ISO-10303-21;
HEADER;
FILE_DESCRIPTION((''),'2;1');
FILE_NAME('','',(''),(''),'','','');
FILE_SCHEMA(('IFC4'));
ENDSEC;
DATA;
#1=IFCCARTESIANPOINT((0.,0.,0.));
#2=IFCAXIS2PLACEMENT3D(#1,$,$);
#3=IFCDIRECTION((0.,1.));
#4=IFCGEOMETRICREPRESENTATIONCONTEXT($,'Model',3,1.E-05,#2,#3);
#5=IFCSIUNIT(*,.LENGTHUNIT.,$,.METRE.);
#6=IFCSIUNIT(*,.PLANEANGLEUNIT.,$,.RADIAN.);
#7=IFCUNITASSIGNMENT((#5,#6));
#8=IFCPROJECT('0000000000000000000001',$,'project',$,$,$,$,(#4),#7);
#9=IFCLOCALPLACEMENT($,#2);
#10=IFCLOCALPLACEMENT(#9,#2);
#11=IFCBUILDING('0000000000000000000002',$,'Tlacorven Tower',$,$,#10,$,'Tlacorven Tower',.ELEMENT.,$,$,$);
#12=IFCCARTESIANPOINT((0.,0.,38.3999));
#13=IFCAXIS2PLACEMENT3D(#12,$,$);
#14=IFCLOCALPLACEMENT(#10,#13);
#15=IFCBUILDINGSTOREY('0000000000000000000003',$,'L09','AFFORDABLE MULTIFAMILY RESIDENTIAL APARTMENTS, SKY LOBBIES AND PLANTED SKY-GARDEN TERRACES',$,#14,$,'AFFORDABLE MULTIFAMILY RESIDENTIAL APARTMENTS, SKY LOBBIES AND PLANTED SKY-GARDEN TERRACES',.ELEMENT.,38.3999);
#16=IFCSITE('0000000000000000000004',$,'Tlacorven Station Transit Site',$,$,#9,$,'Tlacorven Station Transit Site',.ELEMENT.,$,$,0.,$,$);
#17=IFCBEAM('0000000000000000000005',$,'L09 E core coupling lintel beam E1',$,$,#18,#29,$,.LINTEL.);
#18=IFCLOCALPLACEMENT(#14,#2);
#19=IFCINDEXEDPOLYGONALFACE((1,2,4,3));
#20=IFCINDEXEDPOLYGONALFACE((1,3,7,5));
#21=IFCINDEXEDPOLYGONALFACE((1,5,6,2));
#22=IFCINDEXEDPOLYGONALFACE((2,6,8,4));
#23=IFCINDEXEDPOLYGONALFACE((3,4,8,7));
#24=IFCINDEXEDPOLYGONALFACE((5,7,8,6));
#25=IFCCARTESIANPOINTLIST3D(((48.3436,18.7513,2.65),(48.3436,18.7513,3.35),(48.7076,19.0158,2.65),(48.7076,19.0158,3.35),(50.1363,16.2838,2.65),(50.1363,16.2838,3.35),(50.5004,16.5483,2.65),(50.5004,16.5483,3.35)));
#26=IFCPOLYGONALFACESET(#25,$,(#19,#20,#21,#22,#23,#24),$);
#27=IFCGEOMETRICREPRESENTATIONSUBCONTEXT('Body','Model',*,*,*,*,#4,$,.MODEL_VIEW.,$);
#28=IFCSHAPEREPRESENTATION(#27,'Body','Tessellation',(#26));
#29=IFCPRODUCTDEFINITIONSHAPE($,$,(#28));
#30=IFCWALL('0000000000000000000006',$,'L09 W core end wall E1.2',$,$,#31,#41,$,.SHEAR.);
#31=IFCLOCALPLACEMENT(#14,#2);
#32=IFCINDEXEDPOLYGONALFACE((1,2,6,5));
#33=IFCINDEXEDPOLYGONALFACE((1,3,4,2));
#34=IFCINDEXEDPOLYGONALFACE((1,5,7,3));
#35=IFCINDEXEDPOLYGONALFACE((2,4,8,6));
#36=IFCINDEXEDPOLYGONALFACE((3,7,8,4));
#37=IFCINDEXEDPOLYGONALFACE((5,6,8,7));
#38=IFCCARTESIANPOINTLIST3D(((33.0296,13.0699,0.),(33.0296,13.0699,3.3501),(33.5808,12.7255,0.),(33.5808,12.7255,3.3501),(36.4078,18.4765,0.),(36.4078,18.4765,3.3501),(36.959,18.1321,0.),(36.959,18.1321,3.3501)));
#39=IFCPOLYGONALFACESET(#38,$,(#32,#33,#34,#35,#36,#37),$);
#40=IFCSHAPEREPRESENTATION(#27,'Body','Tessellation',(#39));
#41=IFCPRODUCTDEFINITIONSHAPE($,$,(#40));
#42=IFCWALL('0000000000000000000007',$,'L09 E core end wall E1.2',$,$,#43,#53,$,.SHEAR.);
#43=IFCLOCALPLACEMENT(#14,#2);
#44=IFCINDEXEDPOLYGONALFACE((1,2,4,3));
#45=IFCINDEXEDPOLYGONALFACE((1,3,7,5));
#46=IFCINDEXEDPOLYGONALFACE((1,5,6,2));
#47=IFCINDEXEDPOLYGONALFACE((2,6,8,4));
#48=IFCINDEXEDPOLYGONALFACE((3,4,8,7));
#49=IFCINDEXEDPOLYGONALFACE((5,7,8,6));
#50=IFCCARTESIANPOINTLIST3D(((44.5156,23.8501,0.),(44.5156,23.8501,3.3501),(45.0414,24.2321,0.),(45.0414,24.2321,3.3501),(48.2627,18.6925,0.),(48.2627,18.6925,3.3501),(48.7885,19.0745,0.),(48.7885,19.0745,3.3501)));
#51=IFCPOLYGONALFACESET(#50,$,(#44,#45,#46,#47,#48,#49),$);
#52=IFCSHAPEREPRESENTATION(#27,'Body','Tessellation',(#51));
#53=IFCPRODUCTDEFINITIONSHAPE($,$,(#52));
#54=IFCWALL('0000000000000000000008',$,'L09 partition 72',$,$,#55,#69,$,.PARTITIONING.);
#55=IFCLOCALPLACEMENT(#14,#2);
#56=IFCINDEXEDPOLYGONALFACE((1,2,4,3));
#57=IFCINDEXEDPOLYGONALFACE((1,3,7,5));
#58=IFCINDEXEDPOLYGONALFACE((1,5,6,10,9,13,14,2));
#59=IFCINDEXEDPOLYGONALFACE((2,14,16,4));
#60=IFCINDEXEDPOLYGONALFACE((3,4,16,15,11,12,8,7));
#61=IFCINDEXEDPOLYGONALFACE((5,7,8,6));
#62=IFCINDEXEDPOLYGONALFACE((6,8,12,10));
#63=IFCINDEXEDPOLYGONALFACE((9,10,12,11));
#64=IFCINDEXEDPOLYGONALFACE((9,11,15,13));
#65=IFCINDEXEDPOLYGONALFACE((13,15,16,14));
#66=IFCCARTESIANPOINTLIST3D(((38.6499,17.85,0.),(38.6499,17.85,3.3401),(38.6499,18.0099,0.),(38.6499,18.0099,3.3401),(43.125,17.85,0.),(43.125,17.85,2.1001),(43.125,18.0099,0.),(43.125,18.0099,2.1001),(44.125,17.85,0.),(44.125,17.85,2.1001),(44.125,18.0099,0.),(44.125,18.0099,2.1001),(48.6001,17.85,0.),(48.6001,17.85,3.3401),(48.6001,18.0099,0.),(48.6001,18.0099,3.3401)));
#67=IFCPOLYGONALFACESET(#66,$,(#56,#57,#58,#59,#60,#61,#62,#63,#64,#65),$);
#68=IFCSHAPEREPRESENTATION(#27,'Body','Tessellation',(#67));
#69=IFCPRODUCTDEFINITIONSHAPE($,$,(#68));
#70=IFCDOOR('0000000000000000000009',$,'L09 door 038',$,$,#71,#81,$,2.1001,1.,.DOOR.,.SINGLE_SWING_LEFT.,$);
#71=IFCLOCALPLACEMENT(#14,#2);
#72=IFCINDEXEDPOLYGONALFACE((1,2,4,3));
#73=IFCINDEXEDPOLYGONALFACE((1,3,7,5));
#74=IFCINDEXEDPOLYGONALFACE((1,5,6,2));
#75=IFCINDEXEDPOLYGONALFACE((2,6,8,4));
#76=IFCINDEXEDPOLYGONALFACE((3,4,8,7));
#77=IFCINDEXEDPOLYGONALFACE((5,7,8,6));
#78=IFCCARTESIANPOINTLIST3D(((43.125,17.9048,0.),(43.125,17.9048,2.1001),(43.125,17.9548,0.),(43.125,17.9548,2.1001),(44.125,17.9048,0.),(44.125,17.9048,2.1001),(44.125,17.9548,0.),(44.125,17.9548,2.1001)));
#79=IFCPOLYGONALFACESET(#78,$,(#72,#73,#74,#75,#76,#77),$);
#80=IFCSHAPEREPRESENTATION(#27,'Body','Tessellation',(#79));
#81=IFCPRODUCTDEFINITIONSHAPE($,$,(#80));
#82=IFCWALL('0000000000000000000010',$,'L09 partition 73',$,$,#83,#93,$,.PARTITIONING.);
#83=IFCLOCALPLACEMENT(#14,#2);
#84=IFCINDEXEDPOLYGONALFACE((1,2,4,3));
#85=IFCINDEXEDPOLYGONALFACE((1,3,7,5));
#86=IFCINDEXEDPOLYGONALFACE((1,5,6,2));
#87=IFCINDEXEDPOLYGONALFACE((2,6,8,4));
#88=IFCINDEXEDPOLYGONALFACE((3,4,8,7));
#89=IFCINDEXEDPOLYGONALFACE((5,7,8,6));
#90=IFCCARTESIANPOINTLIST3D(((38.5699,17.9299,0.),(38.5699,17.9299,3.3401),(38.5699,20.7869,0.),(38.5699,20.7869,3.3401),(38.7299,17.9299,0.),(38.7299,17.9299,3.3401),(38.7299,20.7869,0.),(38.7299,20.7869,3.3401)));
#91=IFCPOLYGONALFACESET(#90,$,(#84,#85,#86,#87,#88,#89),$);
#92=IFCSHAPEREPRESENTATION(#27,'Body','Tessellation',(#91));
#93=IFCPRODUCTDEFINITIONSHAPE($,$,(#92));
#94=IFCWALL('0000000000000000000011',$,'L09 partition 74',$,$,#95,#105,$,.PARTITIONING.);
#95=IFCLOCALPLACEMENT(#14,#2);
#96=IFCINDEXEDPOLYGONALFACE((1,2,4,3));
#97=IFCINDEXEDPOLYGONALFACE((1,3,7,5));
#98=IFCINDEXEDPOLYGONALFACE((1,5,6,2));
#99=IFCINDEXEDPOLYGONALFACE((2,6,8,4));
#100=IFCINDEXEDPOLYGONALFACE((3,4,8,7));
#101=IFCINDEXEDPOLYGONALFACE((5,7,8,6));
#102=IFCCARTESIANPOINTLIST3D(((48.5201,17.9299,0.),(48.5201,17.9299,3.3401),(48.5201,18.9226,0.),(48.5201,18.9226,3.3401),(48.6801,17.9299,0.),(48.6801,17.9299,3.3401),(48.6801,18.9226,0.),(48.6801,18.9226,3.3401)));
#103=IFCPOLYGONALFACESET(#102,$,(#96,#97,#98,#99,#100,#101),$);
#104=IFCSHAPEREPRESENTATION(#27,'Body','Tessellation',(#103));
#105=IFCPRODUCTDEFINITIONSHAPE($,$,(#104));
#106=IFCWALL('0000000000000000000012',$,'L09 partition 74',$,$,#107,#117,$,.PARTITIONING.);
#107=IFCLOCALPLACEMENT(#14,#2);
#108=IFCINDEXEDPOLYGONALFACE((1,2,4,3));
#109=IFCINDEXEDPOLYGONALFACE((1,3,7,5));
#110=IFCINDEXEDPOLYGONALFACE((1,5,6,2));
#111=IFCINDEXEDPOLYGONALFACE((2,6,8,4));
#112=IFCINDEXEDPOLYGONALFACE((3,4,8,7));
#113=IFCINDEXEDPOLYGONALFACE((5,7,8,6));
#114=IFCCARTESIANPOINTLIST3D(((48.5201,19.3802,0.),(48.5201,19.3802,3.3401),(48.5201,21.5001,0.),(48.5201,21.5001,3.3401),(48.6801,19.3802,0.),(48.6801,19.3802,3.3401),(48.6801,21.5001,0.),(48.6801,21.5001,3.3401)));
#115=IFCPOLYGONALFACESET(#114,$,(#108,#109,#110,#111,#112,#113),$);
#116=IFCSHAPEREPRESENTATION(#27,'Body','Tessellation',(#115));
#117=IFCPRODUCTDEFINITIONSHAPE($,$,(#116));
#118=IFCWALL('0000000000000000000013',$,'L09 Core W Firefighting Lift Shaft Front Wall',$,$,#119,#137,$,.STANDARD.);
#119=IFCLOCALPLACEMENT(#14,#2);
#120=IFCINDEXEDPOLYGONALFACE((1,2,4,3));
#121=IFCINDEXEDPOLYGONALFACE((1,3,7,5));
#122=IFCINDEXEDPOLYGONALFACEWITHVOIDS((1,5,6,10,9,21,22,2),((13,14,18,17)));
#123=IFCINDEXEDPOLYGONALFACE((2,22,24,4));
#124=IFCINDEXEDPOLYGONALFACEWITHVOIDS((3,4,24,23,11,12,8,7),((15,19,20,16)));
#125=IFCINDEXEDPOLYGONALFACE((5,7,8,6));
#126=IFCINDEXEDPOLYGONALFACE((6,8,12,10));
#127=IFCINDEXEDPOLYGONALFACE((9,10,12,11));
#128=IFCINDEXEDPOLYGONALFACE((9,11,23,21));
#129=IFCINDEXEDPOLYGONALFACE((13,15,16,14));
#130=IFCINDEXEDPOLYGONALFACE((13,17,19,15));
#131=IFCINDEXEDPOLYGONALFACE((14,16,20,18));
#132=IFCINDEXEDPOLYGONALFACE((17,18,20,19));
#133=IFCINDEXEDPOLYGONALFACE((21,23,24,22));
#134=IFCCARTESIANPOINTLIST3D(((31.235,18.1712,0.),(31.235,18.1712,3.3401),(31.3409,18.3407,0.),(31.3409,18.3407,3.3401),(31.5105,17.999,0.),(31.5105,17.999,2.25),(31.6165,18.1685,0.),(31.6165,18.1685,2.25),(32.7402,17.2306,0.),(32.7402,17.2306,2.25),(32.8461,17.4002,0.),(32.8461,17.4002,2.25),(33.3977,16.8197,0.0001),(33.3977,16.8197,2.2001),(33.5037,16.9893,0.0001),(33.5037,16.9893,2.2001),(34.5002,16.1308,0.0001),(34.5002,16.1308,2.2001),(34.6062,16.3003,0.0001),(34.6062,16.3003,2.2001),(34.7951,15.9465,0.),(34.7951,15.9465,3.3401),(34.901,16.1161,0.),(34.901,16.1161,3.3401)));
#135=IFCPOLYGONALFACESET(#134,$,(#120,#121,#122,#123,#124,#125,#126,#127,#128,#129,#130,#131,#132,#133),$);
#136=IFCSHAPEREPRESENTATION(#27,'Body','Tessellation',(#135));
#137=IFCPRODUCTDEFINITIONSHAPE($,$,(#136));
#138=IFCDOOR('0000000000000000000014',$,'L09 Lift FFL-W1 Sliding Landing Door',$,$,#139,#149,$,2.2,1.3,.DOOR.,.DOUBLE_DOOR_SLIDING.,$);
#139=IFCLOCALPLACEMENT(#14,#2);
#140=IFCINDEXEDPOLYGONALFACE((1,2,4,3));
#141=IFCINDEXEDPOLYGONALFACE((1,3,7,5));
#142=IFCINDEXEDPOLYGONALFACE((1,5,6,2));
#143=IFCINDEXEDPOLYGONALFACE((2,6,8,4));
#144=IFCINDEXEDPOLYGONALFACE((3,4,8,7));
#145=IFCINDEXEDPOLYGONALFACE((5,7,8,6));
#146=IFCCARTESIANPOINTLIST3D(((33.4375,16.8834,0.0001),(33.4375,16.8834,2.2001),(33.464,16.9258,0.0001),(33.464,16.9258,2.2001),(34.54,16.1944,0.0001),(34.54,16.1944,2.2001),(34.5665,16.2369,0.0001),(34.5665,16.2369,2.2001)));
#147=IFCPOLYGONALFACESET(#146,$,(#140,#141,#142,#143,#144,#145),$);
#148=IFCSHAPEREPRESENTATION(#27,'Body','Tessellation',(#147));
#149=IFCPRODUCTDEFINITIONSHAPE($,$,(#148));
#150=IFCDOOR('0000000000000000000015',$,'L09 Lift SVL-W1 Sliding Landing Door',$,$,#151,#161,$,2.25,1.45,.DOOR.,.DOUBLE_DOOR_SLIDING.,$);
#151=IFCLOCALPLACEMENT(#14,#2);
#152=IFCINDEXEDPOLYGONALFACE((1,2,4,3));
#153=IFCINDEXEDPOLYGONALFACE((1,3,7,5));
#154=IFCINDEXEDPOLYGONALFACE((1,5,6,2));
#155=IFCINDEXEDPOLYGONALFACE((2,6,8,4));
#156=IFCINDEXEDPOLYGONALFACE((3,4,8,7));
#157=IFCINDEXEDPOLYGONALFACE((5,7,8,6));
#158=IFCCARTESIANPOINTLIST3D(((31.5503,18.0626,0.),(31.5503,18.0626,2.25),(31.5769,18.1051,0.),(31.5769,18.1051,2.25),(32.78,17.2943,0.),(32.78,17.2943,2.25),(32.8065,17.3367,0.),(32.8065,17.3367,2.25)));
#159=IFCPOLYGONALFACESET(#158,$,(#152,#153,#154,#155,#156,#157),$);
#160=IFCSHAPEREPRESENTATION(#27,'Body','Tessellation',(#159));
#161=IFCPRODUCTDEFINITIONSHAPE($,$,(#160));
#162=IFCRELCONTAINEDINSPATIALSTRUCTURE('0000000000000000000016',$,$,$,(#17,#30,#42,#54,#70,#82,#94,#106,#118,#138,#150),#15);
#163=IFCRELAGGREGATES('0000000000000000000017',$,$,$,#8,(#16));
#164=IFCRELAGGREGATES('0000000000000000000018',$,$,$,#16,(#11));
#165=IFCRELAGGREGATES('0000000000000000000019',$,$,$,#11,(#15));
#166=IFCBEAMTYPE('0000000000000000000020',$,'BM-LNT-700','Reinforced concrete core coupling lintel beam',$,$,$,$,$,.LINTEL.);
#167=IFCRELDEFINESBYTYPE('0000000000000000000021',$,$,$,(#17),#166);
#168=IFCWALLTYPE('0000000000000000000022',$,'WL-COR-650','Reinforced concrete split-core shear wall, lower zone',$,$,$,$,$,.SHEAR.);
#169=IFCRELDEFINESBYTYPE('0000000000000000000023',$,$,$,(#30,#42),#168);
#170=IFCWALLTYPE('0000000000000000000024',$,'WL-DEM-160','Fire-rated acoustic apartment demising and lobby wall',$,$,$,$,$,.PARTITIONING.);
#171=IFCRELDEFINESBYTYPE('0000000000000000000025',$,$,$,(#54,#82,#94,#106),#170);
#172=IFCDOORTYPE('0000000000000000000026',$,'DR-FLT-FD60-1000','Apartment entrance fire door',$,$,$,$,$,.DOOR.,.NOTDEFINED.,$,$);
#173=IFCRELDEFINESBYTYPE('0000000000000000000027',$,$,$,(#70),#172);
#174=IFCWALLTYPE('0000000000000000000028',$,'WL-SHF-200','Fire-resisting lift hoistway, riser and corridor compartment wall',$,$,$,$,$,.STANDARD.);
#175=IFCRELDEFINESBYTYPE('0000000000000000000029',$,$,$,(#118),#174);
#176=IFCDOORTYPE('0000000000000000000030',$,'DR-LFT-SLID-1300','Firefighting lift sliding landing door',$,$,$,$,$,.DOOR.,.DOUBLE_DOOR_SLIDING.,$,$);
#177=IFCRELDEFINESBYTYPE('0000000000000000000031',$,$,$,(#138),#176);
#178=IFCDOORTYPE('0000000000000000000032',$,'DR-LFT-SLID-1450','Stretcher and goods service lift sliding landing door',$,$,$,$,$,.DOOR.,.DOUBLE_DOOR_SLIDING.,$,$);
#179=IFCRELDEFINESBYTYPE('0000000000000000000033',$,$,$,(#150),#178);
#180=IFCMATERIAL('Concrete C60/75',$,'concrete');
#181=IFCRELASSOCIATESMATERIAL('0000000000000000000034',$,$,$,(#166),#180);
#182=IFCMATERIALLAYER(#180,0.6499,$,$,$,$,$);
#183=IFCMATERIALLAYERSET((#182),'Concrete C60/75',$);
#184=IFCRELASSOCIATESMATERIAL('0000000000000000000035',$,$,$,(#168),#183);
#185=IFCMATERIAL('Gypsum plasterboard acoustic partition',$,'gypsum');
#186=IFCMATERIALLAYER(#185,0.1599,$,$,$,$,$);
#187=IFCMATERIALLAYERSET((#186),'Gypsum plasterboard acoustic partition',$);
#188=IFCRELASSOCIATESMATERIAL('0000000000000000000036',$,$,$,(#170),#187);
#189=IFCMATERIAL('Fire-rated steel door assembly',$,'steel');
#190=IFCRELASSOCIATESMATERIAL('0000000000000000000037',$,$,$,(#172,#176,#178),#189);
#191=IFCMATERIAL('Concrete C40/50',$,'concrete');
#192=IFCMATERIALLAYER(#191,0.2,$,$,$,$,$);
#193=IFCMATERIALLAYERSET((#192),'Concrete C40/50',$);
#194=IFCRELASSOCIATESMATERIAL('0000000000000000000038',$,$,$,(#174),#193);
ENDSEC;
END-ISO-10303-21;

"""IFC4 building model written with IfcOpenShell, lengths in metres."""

from ifc_helpers import new_model, si_unit, direction, frame, frame_2d, origin, origin_2d, place, context, subcontext, project, spatial, rectangle, extrude, source, transform, mapped, material, layer, layer_set, material_profile, profile_set, type_object, element, fill, save


model = new_model("IFC4")

# Units and contexts
model_context = context("Model", 3, precision=1e-05, world=origin(), true_north=direction((0.0, 1.0)))
body_context = subcontext(model_context, "Body", "Model", "MODEL_VIEW")
ifc_project = project(units=[si_unit("LENGTHUNIT", "METRE"), si_unit("PLANEANGLEUNIT", "RADIAN")], contexts=[model_context])

# Site, building, storey
site_placement = place(None, origin())
site = spatial("IfcSite", under=ifc_project, at=site_placement, Name="Tlacorven Station Transit Site", LongName="Tlacorven Station Transit Site", CompositionType="ELEMENT", RefElevation=0.0)
building_placement = place(site_placement, origin())
building = spatial("IfcBuilding", under=site, at=building_placement, Name="Tlacorven Tower", LongName="Tlacorven Tower", CompositionType="ELEMENT")
storey_placement = place(building_placement, frame((0.0, 0.0, 38.3999)))
storey = spatial("IfcBuildingStorey", under=building, at=storey_placement, Name="L09", Description="AFFORDABLE MULTIFAMILY RESIDENTIAL APARTMENTS, SKY LOBBIES AND PLANTED SKY-GARDEN TERRACES", LongName="AFFORDABLE MULTIFAMILY RESIDENTIAL APARTMENTS, SKY LOBBIES AND PLANTED SKY-GARDEN TERRACES", CompositionType="ELEMENT", Elevation=38.3999)

# Beam
ifc_material_1 = material(Name="Concrete C60/75", Category="concrete")
ifc_material_profile = material_profile(ifc_material_1, rectangle(XDim=0.45, YDim=0.7, at=origin_2d()), Name="RC 450X700")
ifc_profile_set = profile_set([ifc_material_profile], Name="Concrete C60/75")
beam_type = type_object("IfcBeamType", Name="BM-LNT-700", Description="Reinforced concrete core coupling lintel beam", PredefinedType="LINTEL", material=ifc_profile_set)
shared_shape_1 = source(origin(), body_context, "Body", "SweptSolid", [
    extrude(rectangle(XDim=0.45, YDim=0.7, at=origin_2d()), origin(), (0.0, 0.0, 1.0), 3.05),
])
beam_placement = place(storey_placement, frame((50.3184, 16.416, 3.0), z_axis=(-0.587777, 0.809023, 0.0), x_axis=(-0.809023, -0.587777, 0.0)))
element("IfcBeam", 1, at=beam_placement, inside=storey, type_object=beam_type, Name="L09 E core coupling lintel beam E1", PredefinedType="LINTEL", context=body_context, shape_type="MappedRepresentation", body=[
    mapped(shared_shape_1, transform((0.0, 0.0, 0.0), scale=1.0)),
])

# Walls
ifc_layer_1 = layer(ifc_material_1, 0.6499)
ifc_layer_set_1 = layer_set([ifc_layer_1], Name="Concrete C60/75")
wall_type_1 = type_object("IfcWallType", Name="WL-COR-650", Description="Reinforced concrete split-core shear wall, lower zone", PredefinedType="SHEAR", material=ifc_layer_set_1)
wall_1_placement = place(storey_placement, frame((36.6833, 18.3042, 0.0), z_axis=(0.0, 0.0, 1.0), x_axis=(-0.529899, -0.848061, 0.0)))
element("IfcWall", 2, at=wall_1_placement, inside=storey, type_object=wall_type_1, Name="L09 W core end wall E1.2", PredefinedType="SHEAR", context=body_context, shape_type="SweptSolid", body=[
    extrude(rectangle(XDim=6.3752, YDim=0.6499, at=frame_2d((3.1875, 0.0))), origin(), (0.0, 0.0, 1.0), 3.3501),
])
wall_2_placement = place(storey_placement, frame((48.5256, 18.8835, 0.0), z_axis=(0.0, 0.0, 1.0), x_axis=(-0.58778, 0.809021, 0.0)))
element("IfcWall", 3, at=wall_2_placement, inside=storey, type_object=wall_type_1, Name="L09 E core end wall E1.2", PredefinedType="SHEAR", context=body_context, shape_type="SweptSolid", body=[
    extrude(rectangle(XDim=6.375, YDim=0.6499, at=frame_2d((3.1875, 0.0))), origin(), (0.0, 0.0, 1.0), 3.3501),
])

# Wall, opening, door
ifc_material_2 = material(Name="Gypsum plasterboard acoustic partition", Category="gypsum")
ifc_layer_2 = layer(ifc_material_2, 0.1599)
ifc_layer_set_2 = layer_set([ifc_layer_2], Name="Gypsum plasterboard acoustic partition")
wall_type_2 = type_object("IfcWallType", Name="WL-DEM-160", Description="Fire-rated acoustic apartment demising and lobby wall", PredefinedType="PARTITIONING", material=ifc_layer_set_2)
wall_3_placement = place(storey_placement, frame((38.6499, 17.9299, 0.0), z_axis=(0.0, 0.0, 1.0), x_axis=(1.0, 0.0, 0.0)))
wall_3 = element("IfcWall", 4, at=wall_3_placement, inside=storey, type_object=wall_type_2, Name="L09 partition 72", PredefinedType="PARTITIONING", context=body_context, shape_type="SweptSolid", body=[
    extrude(rectangle(XDim=9.9502, YDim=0.1599, at=frame_2d((4.9751, 0.0))), origin(), (0.0, 0.0, 1.0), 3.3401),
])
opening_1_placement = place(wall_3_placement, frame((4.4751, 0.0, 0.0)))
opening_1 = element("IfcOpeningElement", 5, at=opening_1_placement, cuts=wall_3, PredefinedType="OPENING", context=body_context, shape_type="SweptSolid", body=[
    extrude(rectangle(XDim=1.0, YDim=2.1001, at=frame_2d((0.5, 1.05))), frame((0.0, 0.0898, 0.0), z_axis=(0.0, -1.0, 0.0), x_axis=(1.0, 0.0, 0.0)), (0.0, 0.0, 1.0), 0.1799),
])
ifc_material_3 = material(Name="Fire-rated steel door assembly", Category="steel")
door_type_1 = type_object("IfcDoorType", Name="DR-FLT-FD60-1000", Description="Apartment entrance fire door", OperationType="NOTDEFINED", PredefinedType="DOOR", material=ifc_material_3)
shared_shape_2 = source(origin(), body_context, "Body", "SweptSolid", [
    extrude(rectangle(XDim=1.0, YDim=2.1001, at=frame_2d((0.5, 1.05))), frame((0.0, 0.0249, 0.0), z_axis=(0.0, -1.0, 0.0), x_axis=(1.0, 0.0, 0.0)), (0.0, 0.0, 1.0), 0.05),
])
door_1_placement = place(opening_1_placement, origin())
door_1 = element("IfcDoor", 6, at=door_1_placement, inside=storey, type_object=door_type_1, Name="L09 door 038", OperationType="SINGLE_SWING_LEFT", OverallHeight=2.1001, OverallWidth=1.0, PredefinedType="DOOR", context=body_context, shape_type="MappedRepresentation", body=[
    mapped(shared_shape_2, transform((0.0, 0.0, 0.0), scale=1.0)),
])
fill(opening_1, door_1)

# Walls
wall_4_placement = place(storey_placement, frame((38.6499, 17.9299, 0.0), z_axis=(0.0, 0.0, 1.0), x_axis=(0.0, 1.0, 0.0)))
element("IfcWall", 7, at=wall_4_placement, inside=storey, type_object=wall_type_2, Name="L09 partition 73", PredefinedType="PARTITIONING", context=body_context, shape_type="SweptSolid", body=[
    extrude(rectangle(XDim=2.8569, YDim=0.1599, at=frame_2d((1.4285, 0.0))), origin(), (0.0, 0.0, 1.0), 3.3401),
])
wall_5_placement = place(storey_placement, frame((48.6001, 17.9299, 0.0), z_axis=(0.0, 0.0, 1.0), x_axis=(0.0, 1.0, 0.0)))
element("IfcWall", 8, at=wall_5_placement, inside=storey, type_object=wall_type_2, Name="L09 partition 74", PredefinedType="PARTITIONING", context=body_context, shape_type="SweptSolid", body=[
    extrude(rectangle(XDim=0.9927, YDim=0.1599, at=frame_2d((0.4963, 0.0))), origin(), (0.0, 0.0, 1.0), 3.3401),
])
wall_6_placement = place(storey_placement, frame((48.6001, 19.3801, 0.0), z_axis=(0.0, 0.0, 1.0), x_axis=(0.0, 1.0, 0.0)))
element("IfcWall", 9, at=wall_6_placement, inside=storey, type_object=wall_type_2, Name="L09 partition 74", PredefinedType="PARTITIONING", context=body_context, shape_type="SweptSolid", body=[
    extrude(rectangle(XDim=2.1199, YDim=0.1599, at=frame_2d((1.0601, 0.0))), origin(), (0.0, 0.0, 1.0), 3.3401),
])

# Wall, openings, doors
ifc_material_4 = material(Name="Concrete C40/50", Category="concrete")
ifc_layer_3 = layer(ifc_material_4, 0.2)
ifc_layer_set_3 = layer_set([ifc_layer_3], Name="Concrete C40/50")
wall_type_3 = type_object("IfcWallType", Name="WL-SHF-200", Description="Fire-resisting lift hoistway, riser and corridor compartment wall", PredefinedType="STANDARD", material=ifc_layer_set_3)
wall_7_placement = place(storey_placement, frame((34.8481, 16.0312, 0.0), z_axis=(0.0, 0.0, 1.0), x_axis=(-0.848044, 0.529926, 0.0)))
wall_7 = element("IfcWall", 10, at=wall_7_placement, inside=storey, type_object=wall_type_3, Name="L09 Core W Firefighting Lift Shaft Front Wall", PredefinedType="STANDARD", context=body_context, shape_type="SweptSolid", body=[
    extrude(rectangle(XDim=4.198, YDim=0.2, at=frame_2d((2.0991, 0.0))), origin(), (0.0, 0.0, 1.0), 3.3401),
])
opening_2_placement = place(wall_7_placement, frame((0.3479, 0.0, 0.0)))
opening_2 = element("IfcOpeningElement", 11, at=opening_2_placement, cuts=wall_7, PredefinedType="OPENING", context=body_context, shape_type="SweptSolid", body=[
    extrude(rectangle(XDim=1.3, YDim=2.2, at=frame_2d((0.6499, 1.1001))), frame((0.0, 0.1099, 0.0), z_axis=(0.0, -1.0, 0.0), x_axis=(1.0, 0.0, 0.0)), (0.0, 0.0, 1.0), 0.22),
])
opening_3_placement = place(wall_7_placement, frame((2.4231, 0.0, 0.0)))
opening_3 = element("IfcOpeningElement", 12, at=opening_3_placement, cuts=wall_7, PredefinedType="OPENING", context=body_context, shape_type="SweptSolid", body=[
    extrude(rectangle(XDim=1.45, YDim=2.25, at=frame_2d((0.7251, 1.125))), frame((0.0, 0.1099, 0.0), z_axis=(0.0, -1.0, 0.0), x_axis=(1.0, 0.0, 0.0)), (0.0, 0.0, 1.0), 0.22),
])
door_type_2 = type_object("IfcDoorType", Name="DR-LFT-SLID-1300", Description="Firefighting lift sliding landing door", OperationType="DOUBLE_DOOR_SLIDING", PredefinedType="DOOR", material=ifc_material_3)
shared_shape_3 = source(origin(), body_context, "Body", "SweptSolid", [
    extrude(rectangle(XDim=1.3, YDim=2.2, at=frame_2d((0.6499, 1.1001))), frame((0.0, 0.0249, 0.0), z_axis=(0.0, -1.0, 0.0), x_axis=(1.0, 0.0, 0.0)), (0.0, 0.0, 1.0), 0.05),
])
door_2_placement = place(opening_2_placement, origin())
door_2 = element("IfcDoor", 13, at=door_2_placement, inside=storey, type_object=door_type_2, Name="L09 Lift FFL-W1 Sliding Landing Door", OperationType="DOUBLE_DOOR_SLIDING", OverallHeight=2.2, OverallWidth=1.3, PredefinedType="DOOR", context=body_context, shape_type="MappedRepresentation", body=[
    mapped(shared_shape_3, transform((0.0, 0.0, 0.0), scale=1.0)),
])
fill(opening_2, door_2)
door_type_3 = type_object("IfcDoorType", Name="DR-LFT-SLID-1450", Description="Stretcher and goods service lift sliding landing door", OperationType="DOUBLE_DOOR_SLIDING", PredefinedType="DOOR", material=ifc_material_3)
shared_shape_4 = source(origin(), body_context, "Body", "SweptSolid", [
    extrude(rectangle(XDim=1.45, YDim=2.25, at=frame_2d((0.7251, 1.125))), frame((0.0, 0.0249, 0.0), z_axis=(0.0, -1.0, 0.0), x_axis=(1.0, 0.0, 0.0)), (0.0, 0.0, 1.0), 0.05),
])
door_3_placement = place(opening_3_placement, origin())
door_3 = element("IfcDoor", 14, at=door_3_placement, inside=storey, type_object=door_type_3, Name="L09 Lift SVL-W1 Sliding Landing Door", OperationType="DOUBLE_DOOR_SLIDING", OverallHeight=2.25, OverallWidth=1.45, PredefinedType="DOOR", context=body_context, shape_type="MappedRepresentation", body=[
    mapped(shared_shape_4, transform((0.0, 0.0, 0.0), scale=1.0)),
])
fill(opening_3, door_3)

save(model, "model.ifc")
